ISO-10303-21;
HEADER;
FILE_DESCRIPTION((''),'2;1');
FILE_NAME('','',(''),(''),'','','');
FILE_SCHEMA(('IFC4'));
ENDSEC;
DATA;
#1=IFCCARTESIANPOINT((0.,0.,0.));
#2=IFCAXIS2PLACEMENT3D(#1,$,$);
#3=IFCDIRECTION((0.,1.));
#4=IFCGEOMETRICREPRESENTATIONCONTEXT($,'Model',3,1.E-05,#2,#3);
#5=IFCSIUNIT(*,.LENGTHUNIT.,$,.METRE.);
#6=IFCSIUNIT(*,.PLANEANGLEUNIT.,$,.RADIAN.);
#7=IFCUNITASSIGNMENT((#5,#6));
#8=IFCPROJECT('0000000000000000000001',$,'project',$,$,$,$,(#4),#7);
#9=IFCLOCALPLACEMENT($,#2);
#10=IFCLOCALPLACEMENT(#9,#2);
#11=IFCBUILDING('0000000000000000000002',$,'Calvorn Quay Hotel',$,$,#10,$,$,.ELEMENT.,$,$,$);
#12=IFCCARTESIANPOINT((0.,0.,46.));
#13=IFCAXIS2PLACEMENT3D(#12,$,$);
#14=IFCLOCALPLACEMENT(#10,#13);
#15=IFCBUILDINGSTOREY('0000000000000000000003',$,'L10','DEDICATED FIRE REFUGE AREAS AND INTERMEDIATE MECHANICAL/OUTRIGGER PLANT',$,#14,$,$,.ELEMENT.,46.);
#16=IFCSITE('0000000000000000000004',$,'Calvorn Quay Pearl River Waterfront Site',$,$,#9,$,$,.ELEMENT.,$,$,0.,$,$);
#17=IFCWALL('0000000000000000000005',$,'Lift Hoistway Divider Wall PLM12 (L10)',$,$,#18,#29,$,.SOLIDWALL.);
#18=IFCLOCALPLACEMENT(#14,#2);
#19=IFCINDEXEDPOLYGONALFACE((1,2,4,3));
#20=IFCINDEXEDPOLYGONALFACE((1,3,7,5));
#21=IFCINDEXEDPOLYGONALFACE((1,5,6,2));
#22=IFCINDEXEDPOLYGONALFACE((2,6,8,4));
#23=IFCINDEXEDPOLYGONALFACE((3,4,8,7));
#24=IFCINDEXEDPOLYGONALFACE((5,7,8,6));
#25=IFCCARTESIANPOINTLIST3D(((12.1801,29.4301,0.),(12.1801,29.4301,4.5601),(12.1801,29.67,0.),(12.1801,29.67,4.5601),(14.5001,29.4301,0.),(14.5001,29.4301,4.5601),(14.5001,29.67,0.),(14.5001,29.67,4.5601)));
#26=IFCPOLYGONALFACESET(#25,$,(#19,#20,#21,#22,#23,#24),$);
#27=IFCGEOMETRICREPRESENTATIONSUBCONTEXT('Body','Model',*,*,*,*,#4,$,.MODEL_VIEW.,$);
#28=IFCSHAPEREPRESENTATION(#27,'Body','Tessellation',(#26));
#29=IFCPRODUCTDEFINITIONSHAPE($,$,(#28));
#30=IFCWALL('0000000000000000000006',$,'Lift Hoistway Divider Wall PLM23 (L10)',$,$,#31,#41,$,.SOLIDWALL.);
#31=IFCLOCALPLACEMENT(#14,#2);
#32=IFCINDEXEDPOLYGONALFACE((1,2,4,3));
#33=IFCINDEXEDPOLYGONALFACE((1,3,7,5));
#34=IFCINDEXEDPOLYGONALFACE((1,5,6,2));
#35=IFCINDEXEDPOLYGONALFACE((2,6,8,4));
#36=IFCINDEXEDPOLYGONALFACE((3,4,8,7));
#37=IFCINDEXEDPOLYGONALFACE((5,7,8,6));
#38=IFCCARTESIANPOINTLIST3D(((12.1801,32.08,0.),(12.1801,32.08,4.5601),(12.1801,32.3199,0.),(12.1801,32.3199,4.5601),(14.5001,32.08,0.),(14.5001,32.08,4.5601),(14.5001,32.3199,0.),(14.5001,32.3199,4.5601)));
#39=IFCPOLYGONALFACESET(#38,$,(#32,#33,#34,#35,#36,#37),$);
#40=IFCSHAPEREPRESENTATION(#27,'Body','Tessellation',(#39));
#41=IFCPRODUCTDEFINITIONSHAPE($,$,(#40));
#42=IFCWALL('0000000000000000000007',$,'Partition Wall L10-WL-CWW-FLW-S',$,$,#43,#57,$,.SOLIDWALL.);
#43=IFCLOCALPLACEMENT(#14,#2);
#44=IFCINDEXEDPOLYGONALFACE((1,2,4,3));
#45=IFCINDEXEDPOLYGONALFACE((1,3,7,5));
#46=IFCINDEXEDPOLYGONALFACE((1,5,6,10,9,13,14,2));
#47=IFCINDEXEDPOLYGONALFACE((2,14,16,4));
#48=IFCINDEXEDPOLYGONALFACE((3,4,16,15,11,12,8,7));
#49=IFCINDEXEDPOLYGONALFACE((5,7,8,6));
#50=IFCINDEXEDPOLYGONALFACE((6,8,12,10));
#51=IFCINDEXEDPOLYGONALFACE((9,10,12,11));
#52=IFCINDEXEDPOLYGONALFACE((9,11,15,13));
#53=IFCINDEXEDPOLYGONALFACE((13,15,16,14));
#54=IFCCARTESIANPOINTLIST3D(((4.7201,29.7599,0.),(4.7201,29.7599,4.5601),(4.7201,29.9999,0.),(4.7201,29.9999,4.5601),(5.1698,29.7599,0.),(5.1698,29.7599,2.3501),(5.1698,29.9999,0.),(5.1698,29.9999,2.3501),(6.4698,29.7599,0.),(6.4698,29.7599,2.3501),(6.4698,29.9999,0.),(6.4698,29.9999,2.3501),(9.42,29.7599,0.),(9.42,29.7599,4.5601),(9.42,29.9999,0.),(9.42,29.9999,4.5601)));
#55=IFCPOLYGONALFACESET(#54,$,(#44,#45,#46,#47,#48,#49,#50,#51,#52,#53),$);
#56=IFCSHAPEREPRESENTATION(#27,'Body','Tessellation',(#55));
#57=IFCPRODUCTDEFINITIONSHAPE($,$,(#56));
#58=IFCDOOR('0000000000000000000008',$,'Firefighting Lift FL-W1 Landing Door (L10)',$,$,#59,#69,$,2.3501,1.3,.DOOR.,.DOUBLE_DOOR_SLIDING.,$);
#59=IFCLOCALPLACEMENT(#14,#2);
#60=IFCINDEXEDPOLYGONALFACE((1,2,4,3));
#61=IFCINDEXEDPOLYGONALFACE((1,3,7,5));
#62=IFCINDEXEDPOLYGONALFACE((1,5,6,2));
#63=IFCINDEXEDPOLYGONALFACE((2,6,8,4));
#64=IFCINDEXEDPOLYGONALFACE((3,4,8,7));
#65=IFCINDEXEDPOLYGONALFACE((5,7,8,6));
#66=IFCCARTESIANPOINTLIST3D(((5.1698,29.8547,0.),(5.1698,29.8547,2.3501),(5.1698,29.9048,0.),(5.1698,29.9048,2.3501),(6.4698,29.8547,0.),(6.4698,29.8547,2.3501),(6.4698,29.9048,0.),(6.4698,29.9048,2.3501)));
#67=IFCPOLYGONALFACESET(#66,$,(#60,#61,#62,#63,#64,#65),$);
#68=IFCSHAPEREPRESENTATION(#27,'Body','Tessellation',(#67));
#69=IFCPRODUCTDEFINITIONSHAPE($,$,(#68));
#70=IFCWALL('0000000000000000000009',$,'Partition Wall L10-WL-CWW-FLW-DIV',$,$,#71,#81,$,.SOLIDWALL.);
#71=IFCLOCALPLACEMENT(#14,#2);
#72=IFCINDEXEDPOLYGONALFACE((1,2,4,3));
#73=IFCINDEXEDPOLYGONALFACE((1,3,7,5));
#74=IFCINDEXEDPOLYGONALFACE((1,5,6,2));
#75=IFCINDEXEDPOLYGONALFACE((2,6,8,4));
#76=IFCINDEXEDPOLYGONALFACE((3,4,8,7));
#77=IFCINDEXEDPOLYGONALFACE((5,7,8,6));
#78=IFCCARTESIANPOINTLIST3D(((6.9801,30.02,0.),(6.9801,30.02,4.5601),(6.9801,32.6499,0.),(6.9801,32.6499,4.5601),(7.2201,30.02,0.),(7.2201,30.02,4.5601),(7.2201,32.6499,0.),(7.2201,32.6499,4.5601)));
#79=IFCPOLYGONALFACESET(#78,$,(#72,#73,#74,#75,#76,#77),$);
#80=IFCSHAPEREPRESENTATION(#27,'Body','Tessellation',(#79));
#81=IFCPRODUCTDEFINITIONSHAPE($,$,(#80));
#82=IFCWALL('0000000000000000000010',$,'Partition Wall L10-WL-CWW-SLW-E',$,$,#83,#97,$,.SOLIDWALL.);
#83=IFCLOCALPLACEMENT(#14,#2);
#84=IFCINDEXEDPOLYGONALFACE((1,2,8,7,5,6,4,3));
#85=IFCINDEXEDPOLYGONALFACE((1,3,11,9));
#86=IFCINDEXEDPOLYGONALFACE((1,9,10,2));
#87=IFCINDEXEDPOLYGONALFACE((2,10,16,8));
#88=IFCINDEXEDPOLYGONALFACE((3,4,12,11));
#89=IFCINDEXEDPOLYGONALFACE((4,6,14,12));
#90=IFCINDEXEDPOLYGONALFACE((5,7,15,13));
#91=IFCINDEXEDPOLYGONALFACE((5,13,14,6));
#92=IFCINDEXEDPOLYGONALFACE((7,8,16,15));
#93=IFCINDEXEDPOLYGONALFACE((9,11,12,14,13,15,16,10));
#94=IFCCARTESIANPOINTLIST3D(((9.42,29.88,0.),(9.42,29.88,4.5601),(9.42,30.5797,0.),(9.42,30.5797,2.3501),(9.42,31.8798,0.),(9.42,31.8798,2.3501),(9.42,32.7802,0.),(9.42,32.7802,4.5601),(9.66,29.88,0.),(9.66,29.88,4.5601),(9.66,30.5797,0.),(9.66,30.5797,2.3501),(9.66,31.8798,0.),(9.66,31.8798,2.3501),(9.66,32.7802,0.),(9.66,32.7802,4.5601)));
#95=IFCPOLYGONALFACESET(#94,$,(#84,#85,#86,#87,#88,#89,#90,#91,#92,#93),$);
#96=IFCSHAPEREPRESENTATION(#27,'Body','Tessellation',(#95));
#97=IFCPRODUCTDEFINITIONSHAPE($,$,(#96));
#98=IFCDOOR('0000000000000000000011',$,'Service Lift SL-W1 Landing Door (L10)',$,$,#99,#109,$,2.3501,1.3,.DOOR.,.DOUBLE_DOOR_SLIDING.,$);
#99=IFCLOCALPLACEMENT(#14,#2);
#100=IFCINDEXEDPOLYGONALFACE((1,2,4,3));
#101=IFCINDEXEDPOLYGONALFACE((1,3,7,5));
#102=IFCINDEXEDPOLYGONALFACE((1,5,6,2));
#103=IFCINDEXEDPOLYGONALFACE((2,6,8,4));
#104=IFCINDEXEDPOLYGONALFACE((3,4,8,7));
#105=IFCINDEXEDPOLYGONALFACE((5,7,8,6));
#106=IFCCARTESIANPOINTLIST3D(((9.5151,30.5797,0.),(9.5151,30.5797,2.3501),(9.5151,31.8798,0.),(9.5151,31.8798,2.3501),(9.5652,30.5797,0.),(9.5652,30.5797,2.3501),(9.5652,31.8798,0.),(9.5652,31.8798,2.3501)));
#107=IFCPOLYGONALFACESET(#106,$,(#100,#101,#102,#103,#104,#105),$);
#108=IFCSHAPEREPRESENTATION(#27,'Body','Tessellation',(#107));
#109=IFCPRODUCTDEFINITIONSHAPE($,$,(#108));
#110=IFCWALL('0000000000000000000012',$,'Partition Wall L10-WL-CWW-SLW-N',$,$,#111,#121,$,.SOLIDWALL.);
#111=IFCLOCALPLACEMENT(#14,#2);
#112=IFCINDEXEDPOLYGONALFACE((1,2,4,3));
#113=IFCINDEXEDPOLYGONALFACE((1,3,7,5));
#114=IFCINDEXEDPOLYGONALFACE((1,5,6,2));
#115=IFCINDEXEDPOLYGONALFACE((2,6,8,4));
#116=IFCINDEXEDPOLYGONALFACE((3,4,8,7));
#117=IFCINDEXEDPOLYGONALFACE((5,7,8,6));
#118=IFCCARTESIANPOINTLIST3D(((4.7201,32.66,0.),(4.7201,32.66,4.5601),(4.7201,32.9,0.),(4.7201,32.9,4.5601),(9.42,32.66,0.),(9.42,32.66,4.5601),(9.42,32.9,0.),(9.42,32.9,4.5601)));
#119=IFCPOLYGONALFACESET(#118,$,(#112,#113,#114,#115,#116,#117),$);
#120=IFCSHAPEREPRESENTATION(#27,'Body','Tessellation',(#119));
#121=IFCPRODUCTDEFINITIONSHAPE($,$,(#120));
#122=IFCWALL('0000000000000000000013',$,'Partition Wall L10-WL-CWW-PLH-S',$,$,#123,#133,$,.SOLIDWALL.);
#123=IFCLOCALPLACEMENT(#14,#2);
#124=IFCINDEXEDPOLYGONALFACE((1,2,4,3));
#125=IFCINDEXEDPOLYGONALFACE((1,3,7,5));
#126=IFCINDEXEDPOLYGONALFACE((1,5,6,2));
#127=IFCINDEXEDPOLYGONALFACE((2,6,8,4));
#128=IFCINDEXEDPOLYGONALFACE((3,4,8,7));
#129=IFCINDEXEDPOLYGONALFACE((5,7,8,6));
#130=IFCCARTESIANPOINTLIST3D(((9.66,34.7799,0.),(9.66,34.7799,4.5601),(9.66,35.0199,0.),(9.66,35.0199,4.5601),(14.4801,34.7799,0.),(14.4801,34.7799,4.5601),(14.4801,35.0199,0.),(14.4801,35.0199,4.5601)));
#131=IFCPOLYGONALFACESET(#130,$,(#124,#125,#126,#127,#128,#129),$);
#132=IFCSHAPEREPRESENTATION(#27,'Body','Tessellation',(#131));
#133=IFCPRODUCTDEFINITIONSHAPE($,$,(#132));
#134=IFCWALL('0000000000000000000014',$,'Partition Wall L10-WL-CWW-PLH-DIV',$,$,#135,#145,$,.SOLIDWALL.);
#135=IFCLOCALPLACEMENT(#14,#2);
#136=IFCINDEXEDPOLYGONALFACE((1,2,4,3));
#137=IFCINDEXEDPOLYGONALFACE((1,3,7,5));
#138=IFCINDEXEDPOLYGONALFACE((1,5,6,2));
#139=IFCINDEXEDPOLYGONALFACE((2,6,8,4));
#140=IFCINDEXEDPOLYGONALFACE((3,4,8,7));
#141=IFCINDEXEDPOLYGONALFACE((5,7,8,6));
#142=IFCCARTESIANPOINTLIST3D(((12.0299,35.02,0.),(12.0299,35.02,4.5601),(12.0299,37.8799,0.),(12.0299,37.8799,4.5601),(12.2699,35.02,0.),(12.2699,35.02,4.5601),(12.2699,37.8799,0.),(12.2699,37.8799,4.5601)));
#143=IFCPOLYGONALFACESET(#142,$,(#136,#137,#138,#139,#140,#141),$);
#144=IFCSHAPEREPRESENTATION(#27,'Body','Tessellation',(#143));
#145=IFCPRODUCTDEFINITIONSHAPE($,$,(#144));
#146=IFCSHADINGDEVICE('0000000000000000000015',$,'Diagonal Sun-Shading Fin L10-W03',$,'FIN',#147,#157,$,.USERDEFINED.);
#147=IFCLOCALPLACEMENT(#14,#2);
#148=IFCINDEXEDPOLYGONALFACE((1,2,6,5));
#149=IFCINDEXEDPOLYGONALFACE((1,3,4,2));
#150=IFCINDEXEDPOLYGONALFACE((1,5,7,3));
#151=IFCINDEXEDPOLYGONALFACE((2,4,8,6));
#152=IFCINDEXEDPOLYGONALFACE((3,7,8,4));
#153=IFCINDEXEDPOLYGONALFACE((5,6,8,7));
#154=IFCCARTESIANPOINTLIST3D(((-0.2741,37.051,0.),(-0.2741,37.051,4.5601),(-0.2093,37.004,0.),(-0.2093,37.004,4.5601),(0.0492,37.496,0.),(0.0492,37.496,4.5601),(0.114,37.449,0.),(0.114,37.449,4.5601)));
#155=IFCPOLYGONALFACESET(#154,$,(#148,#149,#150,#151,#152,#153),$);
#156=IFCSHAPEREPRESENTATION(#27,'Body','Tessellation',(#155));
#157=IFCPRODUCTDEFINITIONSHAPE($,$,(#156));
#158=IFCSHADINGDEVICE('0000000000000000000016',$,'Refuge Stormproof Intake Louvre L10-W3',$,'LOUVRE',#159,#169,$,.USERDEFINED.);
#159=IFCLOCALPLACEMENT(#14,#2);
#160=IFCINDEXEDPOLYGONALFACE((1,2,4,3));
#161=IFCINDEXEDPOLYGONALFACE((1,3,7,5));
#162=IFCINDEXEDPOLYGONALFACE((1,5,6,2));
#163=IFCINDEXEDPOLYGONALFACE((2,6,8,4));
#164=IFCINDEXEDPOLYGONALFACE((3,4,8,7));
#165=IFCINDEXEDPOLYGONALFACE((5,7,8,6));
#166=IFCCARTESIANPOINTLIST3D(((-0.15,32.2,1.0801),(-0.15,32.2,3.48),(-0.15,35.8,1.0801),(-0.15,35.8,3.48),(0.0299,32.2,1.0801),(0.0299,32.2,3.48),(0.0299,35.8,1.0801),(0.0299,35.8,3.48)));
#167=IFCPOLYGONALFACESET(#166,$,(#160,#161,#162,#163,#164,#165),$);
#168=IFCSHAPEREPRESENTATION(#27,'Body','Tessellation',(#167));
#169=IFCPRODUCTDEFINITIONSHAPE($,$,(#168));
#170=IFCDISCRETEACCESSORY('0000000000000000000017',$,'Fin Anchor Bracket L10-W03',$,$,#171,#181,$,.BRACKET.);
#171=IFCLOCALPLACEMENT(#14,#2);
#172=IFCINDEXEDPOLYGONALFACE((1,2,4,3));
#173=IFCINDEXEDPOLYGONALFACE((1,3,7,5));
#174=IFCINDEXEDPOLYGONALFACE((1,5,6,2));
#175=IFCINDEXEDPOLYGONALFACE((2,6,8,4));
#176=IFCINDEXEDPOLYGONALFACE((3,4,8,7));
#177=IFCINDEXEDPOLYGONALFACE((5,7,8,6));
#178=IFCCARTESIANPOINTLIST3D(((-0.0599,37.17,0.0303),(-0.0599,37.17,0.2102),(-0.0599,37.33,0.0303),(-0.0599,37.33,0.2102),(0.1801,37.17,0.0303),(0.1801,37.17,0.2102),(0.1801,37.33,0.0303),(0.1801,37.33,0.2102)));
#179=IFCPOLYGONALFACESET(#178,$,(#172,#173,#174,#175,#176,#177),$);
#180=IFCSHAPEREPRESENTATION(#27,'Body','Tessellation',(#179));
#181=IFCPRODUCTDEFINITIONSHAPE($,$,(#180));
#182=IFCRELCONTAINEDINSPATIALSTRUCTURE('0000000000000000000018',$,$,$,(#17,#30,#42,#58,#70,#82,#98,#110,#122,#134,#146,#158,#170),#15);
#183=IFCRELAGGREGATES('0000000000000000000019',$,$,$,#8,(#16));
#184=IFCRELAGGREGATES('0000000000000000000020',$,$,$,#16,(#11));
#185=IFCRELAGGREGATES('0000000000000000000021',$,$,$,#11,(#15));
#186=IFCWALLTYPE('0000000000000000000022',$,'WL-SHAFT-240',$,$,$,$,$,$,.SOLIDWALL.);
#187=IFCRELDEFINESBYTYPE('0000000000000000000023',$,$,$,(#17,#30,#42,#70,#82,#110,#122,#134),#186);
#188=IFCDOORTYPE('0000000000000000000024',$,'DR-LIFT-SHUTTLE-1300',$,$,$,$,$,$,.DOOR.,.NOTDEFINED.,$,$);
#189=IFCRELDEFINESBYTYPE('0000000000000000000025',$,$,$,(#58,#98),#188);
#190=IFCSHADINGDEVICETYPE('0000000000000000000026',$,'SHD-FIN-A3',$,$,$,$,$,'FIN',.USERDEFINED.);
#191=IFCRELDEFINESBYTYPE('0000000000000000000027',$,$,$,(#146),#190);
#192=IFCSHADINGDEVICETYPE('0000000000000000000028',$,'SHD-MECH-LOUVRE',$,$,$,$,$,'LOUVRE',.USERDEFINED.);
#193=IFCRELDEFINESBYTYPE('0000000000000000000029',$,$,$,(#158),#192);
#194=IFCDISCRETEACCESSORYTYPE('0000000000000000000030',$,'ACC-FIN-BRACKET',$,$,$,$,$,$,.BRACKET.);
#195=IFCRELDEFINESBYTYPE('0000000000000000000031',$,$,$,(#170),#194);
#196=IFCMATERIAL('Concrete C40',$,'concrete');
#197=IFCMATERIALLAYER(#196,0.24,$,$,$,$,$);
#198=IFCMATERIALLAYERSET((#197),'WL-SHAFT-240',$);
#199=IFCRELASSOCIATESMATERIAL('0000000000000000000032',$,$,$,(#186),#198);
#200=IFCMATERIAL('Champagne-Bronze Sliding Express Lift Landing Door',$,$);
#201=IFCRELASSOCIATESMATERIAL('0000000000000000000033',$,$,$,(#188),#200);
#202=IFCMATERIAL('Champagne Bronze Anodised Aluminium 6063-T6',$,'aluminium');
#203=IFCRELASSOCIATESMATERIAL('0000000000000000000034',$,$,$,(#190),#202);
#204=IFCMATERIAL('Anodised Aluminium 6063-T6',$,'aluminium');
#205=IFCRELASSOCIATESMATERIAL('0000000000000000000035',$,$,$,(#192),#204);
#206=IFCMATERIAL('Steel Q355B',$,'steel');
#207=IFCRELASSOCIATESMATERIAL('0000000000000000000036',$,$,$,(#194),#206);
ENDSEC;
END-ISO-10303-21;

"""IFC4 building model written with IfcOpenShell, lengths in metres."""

from ifc_helpers import new_model, si_unit, direction, frame, frame_2d, origin, origin_2d, place, context, subcontext, project, spatial, rectangle, extrude, material, layer, layer_set, type_object, element, fill, save


model = new_model("IFC4")

# Units and contexts
model_context = context("Model", 3, precision=1e-05, world=origin(), true_north=direction((0.0, 1.0)))
body_context = subcontext(model_context, "Body", "Model", "MODEL_VIEW")
ifc_project = project(units=[si_unit("LENGTHUNIT", "METRE"), si_unit("PLANEANGLEUNIT", "RADIAN")], contexts=[model_context])

# Site, building, storey
site_placement = place(None, origin())
site = spatial("IfcSite", under=ifc_project, at=site_placement, Name="Calvorn Quay Pearl River Waterfront Site", CompositionType="ELEMENT", RefElevation=0.0)
building_placement = place(site_placement, origin())
building = spatial("IfcBuilding", under=site, at=building_placement, Name="Calvorn Quay Hotel", CompositionType="ELEMENT")
storey_placement = place(building_placement, frame((0.0, 0.0, 46.0)))
storey = spatial("IfcBuildingStorey", under=building, at=storey_placement, Name="L10", Description="DEDICATED FIRE REFUGE AREAS AND INTERMEDIATE MECHANICAL/OUTRIGGER PLANT", CompositionType="ELEMENT", Elevation=46.0)

# Walls
ifc_material_1 = material(Name="Concrete C40", Category="concrete")
ifc_layer_1 = layer(ifc_material_1, 0.24)
ifc_layer_set_1 = layer_set([ifc_layer_1], Name="WL-SHAFT-240")
wall_type_1 = type_object("IfcWallType", Name="WL-SHAFT-240", PredefinedType="SOLIDWALL", material=ifc_layer_set_1)
for number, where, z_axis, x_axis, name in (
    (1, (12.1799, 29.55, 0.0), (0.0, 0.0, 1.0), (1.0, 0.0, 0.0), "Lift Hoistway Divider Wall PLM12 (L10)"),
    (2, (12.1799, 32.2, 0.0), (0.0, 0.0, 1.0), (1.0, 0.0, 0.0), "Lift Hoistway Divider Wall PLM23 (L10)"),
):
    element("IfcWall", number, at=place(storey_placement, frame(where, z_axis=z_axis, x_axis=x_axis)), inside=storey, type_object=wall_type_1, Name=name, PredefinedType="SOLIDWALL", context=body_context, shape_type="SweptSolid", body=[
        extrude(rectangle(XDim=2.3201, YDim=0.24, at=frame_2d((1.1602, 0.0))), origin(), (0.0, 0.0, 1.0), 4.5601),
    ])

# Wall, opening, door
wall_1_placement = place(storey_placement, frame((4.72, 29.8799, 0.0), z_axis=(0.0, 0.0, 1.0), x_axis=(1.0, 0.0, 0.0)))
wall_1 = element("IfcWall", 3, at=wall_1_placement, inside=storey, type_object=wall_type_1, Name="Partition Wall L10-WL-CWW-FLW-S", PredefinedType="SOLIDWALL", context=body_context, shape_type="SweptSolid", body=[
    extrude(rectangle(XDim=4.7, YDim=0.24, at=frame_2d((2.3501, 0.0))), origin(), (0.0, 0.0, 1.0), 4.5601),
])
opening_1_placement = place(wall_1_placement, frame((0.45, 0.0, 0.0)))
opening_1 = element("IfcOpeningElement", 4, at=opening_1_placement, cuts=wall_1, PredefinedType="OPENING", context=body_context, shape_type="SweptSolid", body=[
    extrude(rectangle(XDim=1.3, YDim=2.3501, at=frame_2d((0.6499, 1.175))), frame((0.0, 0.1299, 0.0), z_axis=(0.0, -1.0, 0.0), x_axis=(1.0, 0.0, 0.0)), (0.0, 0.0, 1.0), 0.26),
])
ifc_material_2 = material(Name="Champagne-Bronze Sliding Express Lift Landing Door")
door_type_1 = type_object("IfcDoorType", Name="DR-LIFT-SHUTTLE-1300", OperationType="NOTDEFINED", PredefinedType="DOOR", material=ifc_material_2)
door_1_placement = place(opening_1_placement, origin())
door_1 = element("IfcDoor", 5, at=door_1_placement, inside=storey, type_object=door_type_1, Name="Firefighting Lift FL-W1 Landing Door (L10)", OperationType="DOUBLE_DOOR_SLIDING", OverallHeight=2.3501, OverallWidth=1.3, PredefinedType="DOOR", context=body_context, shape_type="SweptSolid", body=[
    extrude(rectangle(XDim=1.3, YDim=2.3501, at=frame_2d((0.6499, 1.175))), frame((0.0, 0.0249, 0.0), z_axis=(0.0, -1.0, 0.0), x_axis=(1.0, 0.0, 0.0)), (0.0, 0.0, 1.0), 0.05),
])
fill(opening_1, door_1)

# Wall
wall_2_placement = place(storey_placement, frame((7.1001, 30.02, 0.0), z_axis=(0.0, 0.0, 1.0), x_axis=(0.0, 1.0, 0.0)))
element("IfcWall", 6, at=wall_2_placement, inside=storey, type_object=wall_type_1, Name="Partition Wall L10-WL-CWW-FLW-DIV", PredefinedType="SOLIDWALL", context=body_context, shape_type="SweptSolid", body=[
    extrude(rectangle(XDim=2.6299, YDim=0.24, at=frame_2d((1.3149, 0.0))), origin(), (0.0, 0.0, 1.0), 4.5601),
])

# Wall, opening, door
wall_3_placement = place(storey_placement, frame((9.54, 29.8799, 0.0), z_axis=(0.0, 0.0, 1.0), x_axis=(0.0, 1.0, 0.0)))
wall_3 = element("IfcWall", 7, at=wall_3_placement, inside=storey, type_object=wall_type_1, Name="Partition Wall L10-WL-CWW-SLW-E", PredefinedType="SOLIDWALL", context=body_context, shape_type="SweptSolid", body=[
    extrude(rectangle(XDim=2.9001, YDim=0.24, at=frame_2d((1.4502, 0.0))), origin(), (0.0, 0.0, 1.0), 4.5601),
])
opening_2_placement = place(wall_3_placement, frame((0.7, 0.0, 0.0)))
opening_2 = element("IfcOpeningElement", 8, at=opening_2_placement, cuts=wall_3, PredefinedType="OPENING", context=body_context, shape_type="SweptSolid", body=[
    extrude(rectangle(XDim=1.3, YDim=2.3501, at=frame_2d((0.6499, 1.175))), frame((0.0, 0.1299, 0.0), z_axis=(0.0, -1.0, 0.0), x_axis=(1.0, 0.0, 0.0)), (0.0, 0.0, 1.0), 0.26),
])
door_2_placement = place(opening_2_placement, origin())
door_2 = element("IfcDoor", 9, at=door_2_placement, inside=storey, type_object=door_type_1, Name="Service Lift SL-W1 Landing Door (L10)", OperationType="DOUBLE_DOOR_SLIDING", OverallHeight=2.3501, OverallWidth=1.3, PredefinedType="DOOR", context=body_context, shape_type="SweptSolid", body=[
    extrude(rectangle(XDim=1.3, YDim=2.3501, at=frame_2d((0.6499, 1.175))), frame((0.0, 0.0249, 0.0), z_axis=(0.0, -1.0, 0.0), x_axis=(1.0, 0.0, 0.0)), (0.0, 0.0, 1.0), 0.05),
])
fill(opening_2, door_2)

# Walls
wall_4_placement = place(storey_placement, frame((4.72, 32.78, 0.0), z_axis=(0.0, 0.0, 1.0), x_axis=(1.0, 0.0, 0.0)))
element("IfcWall", 10, at=wall_4_placement, inside=storey, type_object=wall_type_1, Name="Partition Wall L10-WL-CWW-SLW-N", PredefinedType="SOLIDWALL", context=body_context, shape_type="SweptSolid", body=[
    extrude(rectangle(XDim=4.7, YDim=0.24, at=frame_2d((2.3501, 0.0))), origin(), (0.0, 0.0, 1.0), 4.5601),
])
wall_5_placement = place(storey_placement, frame((9.6599, 34.8999, 0.0), z_axis=(0.0, 0.0, 1.0), x_axis=(1.0, 0.0, 0.0)))
element("IfcWall", 11, at=wall_5_placement, inside=storey, type_object=wall_type_1, Name="Partition Wall L10-WL-CWW-PLH-S", PredefinedType="SOLIDWALL", context=body_context, shape_type="SweptSolid", body=[
    extrude(rectangle(XDim=4.8201, YDim=0.24, at=frame_2d((2.4102, 0.0))), origin(), (0.0, 0.0, 1.0), 4.5601),
])
wall_6_placement = place(storey_placement, frame((12.1499, 35.02, 0.0), z_axis=(0.0, 0.0, 1.0), x_axis=(0.0, 1.0, 0.0)))
element("IfcWall", 12, at=wall_6_placement, inside=storey, type_object=wall_type_1, Name="Partition Wall L10-WL-CWW-PLH-DIV", PredefinedType="SOLIDWALL", context=body_context, shape_type="SweptSolid", body=[
    extrude(rectangle(XDim=2.8599, YDim=0.24, at=frame_2d((1.4299, 0.0))), origin(), (0.0, 0.0, 1.0), 4.5601),
])

# Shading devices
ifc_material_3 = material(Name="Champagne Bronze Anodised Aluminium 6063-T6", Category="aluminium")
shading_device_type_1 = type_object("IfcShadingDeviceType", Name="SHD-FIN-A3", ElementType="FIN", PredefinedType="USERDEFINED", material=ifc_material_3)
shading_device_1_placement = place(storey_placement, frame((-0.0801, 37.25, 0.0), z_axis=(0.0, 0.0, 1.0), x_axis=(0.587785, 0.809017, 0.0)))
element("IfcShadingDevice", 13, at=shading_device_1_placement, inside=storey, type_object=shading_device_type_1, Name="Diagonal Sun-Shading Fin L10-W03", ObjectType="FIN", PredefinedType="USERDEFINED", context=body_context, shape_type="SweptSolid", body=[
    extrude(rectangle(XDim=0.55, YDim=0.0801, at=origin_2d()), origin(), (0.0, 0.0, 1.0), 4.5601),
])
ifc_material_4 = material(Name="Anodised Aluminium 6063-T6", Category="aluminium")
shading_device_type_2 = type_object("IfcShadingDeviceType", Name="SHD-MECH-LOUVRE", ElementType="LOUVRE", PredefinedType="USERDEFINED", material=ifc_material_4)
shading_device_2_placement = place(storey_placement, frame((-0.0601, 34.0, 1.0801), z_axis=(0.0, 0.0, 1.0), x_axis=(1.0, 0.0, 0.0)))
element("IfcShadingDevice", 14, at=shading_device_2_placement, inside=storey, type_object=shading_device_type_2, Name="Refuge Stormproof Intake Louvre L10-W3", ObjectType="LOUVRE", PredefinedType="USERDEFINED", context=body_context, shape_type="SweptSolid", body=[
    extrude(rectangle(XDim=0.1799, YDim=3.6001, at=origin_2d()), origin(), (0.0, 0.0, 1.0), 2.3999),
])

# Discrete accessory
ifc_material_5 = material(Name="Steel Q355B", Category="steel")
discrete_accessory_type = type_object("IfcDiscreteAccessoryType", Name="ACC-FIN-BRACKET", PredefinedType="BRACKET", material=ifc_material_5)
discrete_accessory_placement = place(storey_placement, frame((0.0601, 37.25, 0.0303), z_axis=(0.0, 0.0, 1.0), x_axis=(1.0, 0.0, 0.0)))
element("IfcDiscreteAccessory", 15, at=discrete_accessory_placement, inside=storey, type_object=discrete_accessory_type, Name="Fin Anchor Bracket L10-W03", PredefinedType="BRACKET", context=body_context, shape_type="SweptSolid", body=[
    extrude(rectangle(XDim=0.24, YDim=0.1599, at=origin_2d()), origin(), (0.0, 0.0, 1.0), 0.1799),
])

save(model, "model.ifc")
